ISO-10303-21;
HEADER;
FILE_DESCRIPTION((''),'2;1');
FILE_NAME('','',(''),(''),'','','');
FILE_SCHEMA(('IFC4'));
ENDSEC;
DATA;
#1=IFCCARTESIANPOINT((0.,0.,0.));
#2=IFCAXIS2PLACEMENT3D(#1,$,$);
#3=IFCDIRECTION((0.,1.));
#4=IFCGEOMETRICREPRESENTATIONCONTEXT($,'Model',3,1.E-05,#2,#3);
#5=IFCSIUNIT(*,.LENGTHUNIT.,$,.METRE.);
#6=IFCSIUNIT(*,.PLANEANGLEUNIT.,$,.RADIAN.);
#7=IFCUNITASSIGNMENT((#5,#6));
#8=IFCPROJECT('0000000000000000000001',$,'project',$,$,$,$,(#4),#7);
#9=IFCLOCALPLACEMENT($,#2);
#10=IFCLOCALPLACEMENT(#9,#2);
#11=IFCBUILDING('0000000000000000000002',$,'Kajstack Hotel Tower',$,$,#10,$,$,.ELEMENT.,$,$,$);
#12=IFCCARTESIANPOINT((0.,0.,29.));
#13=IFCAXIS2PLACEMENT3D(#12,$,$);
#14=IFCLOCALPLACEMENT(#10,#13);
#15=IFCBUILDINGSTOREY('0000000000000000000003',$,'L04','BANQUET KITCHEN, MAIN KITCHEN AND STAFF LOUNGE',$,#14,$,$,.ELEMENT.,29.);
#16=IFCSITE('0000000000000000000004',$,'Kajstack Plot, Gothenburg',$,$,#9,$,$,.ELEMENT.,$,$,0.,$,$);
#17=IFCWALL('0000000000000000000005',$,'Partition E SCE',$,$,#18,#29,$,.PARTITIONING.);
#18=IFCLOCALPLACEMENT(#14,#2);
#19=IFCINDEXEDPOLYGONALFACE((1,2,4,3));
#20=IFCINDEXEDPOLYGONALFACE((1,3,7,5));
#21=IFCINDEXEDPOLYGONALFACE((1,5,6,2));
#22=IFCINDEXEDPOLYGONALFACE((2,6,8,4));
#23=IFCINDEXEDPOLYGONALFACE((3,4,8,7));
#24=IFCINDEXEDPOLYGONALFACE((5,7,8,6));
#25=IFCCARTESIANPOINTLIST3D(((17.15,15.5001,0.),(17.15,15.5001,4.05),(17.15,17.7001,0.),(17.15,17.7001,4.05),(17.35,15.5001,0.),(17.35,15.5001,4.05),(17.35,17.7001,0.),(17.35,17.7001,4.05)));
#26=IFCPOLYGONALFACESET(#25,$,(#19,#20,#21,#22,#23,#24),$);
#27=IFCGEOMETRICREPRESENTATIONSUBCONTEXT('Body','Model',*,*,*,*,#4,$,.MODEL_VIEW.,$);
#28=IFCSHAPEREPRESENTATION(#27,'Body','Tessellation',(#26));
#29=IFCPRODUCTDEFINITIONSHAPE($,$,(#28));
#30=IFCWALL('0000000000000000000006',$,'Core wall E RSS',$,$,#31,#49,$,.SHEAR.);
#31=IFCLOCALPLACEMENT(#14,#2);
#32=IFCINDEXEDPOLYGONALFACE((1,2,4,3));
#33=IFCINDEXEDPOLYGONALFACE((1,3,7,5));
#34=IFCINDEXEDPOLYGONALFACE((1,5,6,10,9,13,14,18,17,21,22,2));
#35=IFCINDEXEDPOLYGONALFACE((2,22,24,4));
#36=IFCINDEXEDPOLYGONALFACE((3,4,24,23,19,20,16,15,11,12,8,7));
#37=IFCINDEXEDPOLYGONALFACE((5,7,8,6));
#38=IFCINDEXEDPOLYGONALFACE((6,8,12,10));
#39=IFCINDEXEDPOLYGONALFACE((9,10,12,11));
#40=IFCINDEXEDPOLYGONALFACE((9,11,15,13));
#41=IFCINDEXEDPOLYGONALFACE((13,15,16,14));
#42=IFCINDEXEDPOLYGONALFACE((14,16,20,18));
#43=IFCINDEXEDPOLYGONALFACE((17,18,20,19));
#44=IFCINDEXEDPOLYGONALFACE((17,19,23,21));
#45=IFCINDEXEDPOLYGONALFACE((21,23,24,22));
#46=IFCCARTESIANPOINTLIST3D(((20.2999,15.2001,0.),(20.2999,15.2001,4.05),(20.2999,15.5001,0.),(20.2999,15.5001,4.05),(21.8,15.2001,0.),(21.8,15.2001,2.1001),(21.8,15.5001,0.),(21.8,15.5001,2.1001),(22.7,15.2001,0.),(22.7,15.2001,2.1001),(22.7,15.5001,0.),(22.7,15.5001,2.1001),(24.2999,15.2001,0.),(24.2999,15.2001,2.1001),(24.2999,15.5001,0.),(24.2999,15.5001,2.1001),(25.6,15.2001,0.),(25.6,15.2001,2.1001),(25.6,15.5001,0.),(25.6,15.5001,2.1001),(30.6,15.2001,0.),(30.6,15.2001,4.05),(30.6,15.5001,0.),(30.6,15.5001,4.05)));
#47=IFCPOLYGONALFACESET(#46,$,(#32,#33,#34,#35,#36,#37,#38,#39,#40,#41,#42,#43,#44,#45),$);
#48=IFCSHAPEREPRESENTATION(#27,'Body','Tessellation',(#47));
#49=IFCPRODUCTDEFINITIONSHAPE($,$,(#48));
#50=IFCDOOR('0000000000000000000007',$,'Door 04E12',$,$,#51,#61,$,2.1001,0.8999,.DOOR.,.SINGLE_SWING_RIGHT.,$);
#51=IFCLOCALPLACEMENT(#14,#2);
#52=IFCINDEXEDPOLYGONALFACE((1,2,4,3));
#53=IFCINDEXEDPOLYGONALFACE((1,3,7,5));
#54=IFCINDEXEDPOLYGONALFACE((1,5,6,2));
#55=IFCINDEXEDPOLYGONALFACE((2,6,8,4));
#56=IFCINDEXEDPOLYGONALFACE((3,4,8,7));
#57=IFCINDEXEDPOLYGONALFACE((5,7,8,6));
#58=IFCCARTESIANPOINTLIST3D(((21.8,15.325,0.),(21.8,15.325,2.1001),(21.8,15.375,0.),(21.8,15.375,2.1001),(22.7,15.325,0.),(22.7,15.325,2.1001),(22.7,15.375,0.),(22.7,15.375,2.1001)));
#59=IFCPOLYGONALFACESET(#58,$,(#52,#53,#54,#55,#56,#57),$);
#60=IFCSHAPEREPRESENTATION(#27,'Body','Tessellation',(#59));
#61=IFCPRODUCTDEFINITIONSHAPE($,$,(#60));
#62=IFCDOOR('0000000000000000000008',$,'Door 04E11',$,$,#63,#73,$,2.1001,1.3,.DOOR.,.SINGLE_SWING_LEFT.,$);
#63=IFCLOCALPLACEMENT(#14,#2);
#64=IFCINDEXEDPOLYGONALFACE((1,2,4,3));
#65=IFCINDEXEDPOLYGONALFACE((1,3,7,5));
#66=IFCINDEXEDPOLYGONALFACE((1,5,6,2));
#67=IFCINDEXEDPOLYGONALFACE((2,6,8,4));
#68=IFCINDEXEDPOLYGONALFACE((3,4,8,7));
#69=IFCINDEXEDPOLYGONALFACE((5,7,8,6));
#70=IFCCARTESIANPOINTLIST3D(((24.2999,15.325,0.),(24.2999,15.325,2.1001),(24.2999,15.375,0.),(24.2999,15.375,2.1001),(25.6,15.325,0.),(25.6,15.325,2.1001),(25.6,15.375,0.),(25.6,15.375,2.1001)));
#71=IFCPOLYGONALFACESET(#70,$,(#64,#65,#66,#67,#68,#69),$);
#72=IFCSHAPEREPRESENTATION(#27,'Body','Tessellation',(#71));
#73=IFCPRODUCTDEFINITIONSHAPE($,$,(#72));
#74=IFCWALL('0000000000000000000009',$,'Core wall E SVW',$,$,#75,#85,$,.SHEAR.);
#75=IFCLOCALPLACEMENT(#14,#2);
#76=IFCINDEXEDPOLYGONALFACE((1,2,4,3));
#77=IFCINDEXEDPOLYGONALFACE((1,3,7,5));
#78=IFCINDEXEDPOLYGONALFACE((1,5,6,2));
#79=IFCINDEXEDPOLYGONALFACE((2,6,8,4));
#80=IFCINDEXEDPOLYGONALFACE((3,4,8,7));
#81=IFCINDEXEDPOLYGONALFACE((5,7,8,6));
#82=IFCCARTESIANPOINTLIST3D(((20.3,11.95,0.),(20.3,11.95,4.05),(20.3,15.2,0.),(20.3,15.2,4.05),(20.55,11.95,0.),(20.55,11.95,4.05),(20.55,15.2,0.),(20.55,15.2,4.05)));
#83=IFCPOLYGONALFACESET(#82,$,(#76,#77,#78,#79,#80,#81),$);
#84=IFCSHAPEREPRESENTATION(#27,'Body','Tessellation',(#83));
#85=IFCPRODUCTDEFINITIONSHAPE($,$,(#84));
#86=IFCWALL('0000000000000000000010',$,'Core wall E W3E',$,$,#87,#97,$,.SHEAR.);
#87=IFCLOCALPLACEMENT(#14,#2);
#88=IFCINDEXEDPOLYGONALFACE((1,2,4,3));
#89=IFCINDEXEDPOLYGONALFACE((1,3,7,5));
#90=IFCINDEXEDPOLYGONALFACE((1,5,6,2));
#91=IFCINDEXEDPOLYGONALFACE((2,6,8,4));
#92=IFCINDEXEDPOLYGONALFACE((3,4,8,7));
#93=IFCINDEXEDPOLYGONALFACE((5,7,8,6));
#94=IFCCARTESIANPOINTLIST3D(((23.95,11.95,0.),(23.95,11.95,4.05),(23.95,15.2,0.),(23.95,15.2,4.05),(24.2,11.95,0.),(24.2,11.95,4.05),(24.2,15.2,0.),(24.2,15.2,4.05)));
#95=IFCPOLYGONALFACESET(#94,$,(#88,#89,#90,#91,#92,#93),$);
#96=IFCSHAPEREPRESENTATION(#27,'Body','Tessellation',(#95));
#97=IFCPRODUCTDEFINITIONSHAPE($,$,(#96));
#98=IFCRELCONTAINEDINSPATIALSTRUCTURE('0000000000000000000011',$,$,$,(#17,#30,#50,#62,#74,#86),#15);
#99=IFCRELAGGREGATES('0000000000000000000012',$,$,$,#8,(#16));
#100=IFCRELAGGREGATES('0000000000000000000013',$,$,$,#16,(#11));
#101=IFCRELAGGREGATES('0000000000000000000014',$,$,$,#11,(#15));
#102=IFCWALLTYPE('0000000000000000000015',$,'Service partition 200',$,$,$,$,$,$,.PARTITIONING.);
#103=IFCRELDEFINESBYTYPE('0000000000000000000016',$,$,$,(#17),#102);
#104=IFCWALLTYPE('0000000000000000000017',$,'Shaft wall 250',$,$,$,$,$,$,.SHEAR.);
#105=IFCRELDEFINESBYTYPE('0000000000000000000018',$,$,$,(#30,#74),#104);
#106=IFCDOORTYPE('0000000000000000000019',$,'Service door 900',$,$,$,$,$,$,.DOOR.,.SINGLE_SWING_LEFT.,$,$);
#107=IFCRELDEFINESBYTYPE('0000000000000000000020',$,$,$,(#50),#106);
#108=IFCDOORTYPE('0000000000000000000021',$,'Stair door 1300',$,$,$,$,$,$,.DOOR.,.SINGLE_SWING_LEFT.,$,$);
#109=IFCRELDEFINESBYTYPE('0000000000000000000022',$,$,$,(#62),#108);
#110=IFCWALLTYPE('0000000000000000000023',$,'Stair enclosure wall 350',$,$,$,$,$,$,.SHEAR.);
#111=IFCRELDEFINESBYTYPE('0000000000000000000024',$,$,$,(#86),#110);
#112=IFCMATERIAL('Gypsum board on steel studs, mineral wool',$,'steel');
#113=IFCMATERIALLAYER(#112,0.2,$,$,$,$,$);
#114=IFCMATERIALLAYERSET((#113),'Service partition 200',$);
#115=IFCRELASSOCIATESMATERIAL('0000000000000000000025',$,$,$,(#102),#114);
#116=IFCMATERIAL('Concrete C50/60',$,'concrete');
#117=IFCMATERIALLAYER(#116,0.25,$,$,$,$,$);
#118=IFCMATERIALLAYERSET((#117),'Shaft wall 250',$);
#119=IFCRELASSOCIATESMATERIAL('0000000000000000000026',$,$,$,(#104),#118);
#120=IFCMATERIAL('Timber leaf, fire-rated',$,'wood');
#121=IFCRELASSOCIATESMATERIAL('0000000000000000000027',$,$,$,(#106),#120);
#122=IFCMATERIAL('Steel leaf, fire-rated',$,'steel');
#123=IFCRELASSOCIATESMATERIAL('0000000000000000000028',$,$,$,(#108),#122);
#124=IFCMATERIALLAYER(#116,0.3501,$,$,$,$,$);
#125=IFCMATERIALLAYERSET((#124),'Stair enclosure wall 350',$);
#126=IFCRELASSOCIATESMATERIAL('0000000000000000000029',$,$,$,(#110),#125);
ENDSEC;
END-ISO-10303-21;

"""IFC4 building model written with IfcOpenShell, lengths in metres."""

from ifc_helpers import new_model, si_unit, direction, frame, frame_2d, origin, place, context, subcontext, project, spatial, rectangle, extrude, material, layer, layer_set, type_object, element, fill, save


model = new_model("IFC4")

# Units and contexts
model_context = context("Model", 3, precision=1e-05, world=origin(), true_north=direction((0.0, 1.0)))
body_context = subcontext(model_context, "Body", "Model", "MODEL_VIEW")
ifc_project = project(units=[si_unit("LENGTHUNIT", "METRE"), si_unit("PLANEANGLEUNIT", "RADIAN")], contexts=[model_context])

# Site, building, storey
site_placement = place(None, origin())
site = spatial("IfcSite", under=ifc_project, at=site_placement, Name="Kajstack Plot, Gothenburg", CompositionType="ELEMENT", RefElevation=0.0)
building_placement = place(site_placement, origin())
building = spatial("IfcBuilding", under=site, at=building_placement, Name="Kajstack Hotel Tower", CompositionType="ELEMENT")
storey_placement = place(building_placement, frame((0.0, 0.0, 29.0)))
storey = spatial("IfcBuildingStorey", under=building, at=storey_placement, Name="L04", Description="BANQUET KITCHEN, MAIN KITCHEN AND STAFF LOUNGE", CompositionType="ELEMENT", Elevation=29.0)

# Wall
ifc_material_1 = material(Name="Gypsum board on steel studs, mineral wool", Category="steel")
ifc_layer_1 = layer(ifc_material_1, 0.2)
ifc_layer_set_1 = layer_set([ifc_layer_1], Name="Service partition 200")
wall_type_1 = type_object("IfcWallType", Name="Service partition 200", PredefinedType="PARTITIONING", material=ifc_layer_set_1)
wall_1_placement = place(storey_placement, frame((17.25, 15.5, 0.0), z_axis=(0.0, 0.0, 1.0), x_axis=(0.0, 1.0, 0.0)))
element("IfcWall", 1, at=wall_1_placement, inside=storey, type_object=wall_type_1, Name="Partition E SCE", PredefinedType="PARTITIONING", context=body_context, shape_type="SweptSolid", body=[
    extrude(rectangle(XDim=2.2, YDim=0.2, at=frame_2d((1.1001, 0.0))), origin(), (0.0, 0.0, 1.0), 4.05),
])

# Wall, openings, doors
ifc_material_2 = material(Name="Concrete C50/60", Category="concrete")
ifc_layer_2 = layer(ifc_material_2, 0.25)
ifc_layer_set_2 = layer_set([ifc_layer_2], Name="Shaft wall 250")
wall_type_2 = type_object("IfcWallType", Name="Shaft wall 250", PredefinedType="SHEAR", material=ifc_layer_set_2)
wall_2_placement = place(storey_placement, frame((20.3, 15.3501, 0.0), z_axis=(0.0, 0.0, 1.0), x_axis=(1.0, 0.0, 0.0)))
wall_2 = element("IfcWall", 2, at=wall_2_placement, inside=storey, type_object=wall_type_2, Name="Core wall E RSS", PredefinedType="SHEAR", context=body_context, shape_type="SweptSolid", body=[
    extrude(rectangle(XDim=10.3, YDim=0.3, at=frame_2d((5.1499, 0.0))), origin(), (0.0, 0.0, 1.0), 4.05),
])
opening_1_placement = place(wall_2_placement, frame((4.0, 0.0, 0.0)))
opening_1 = element("IfcOpeningElement", 3, at=opening_1_placement, cuts=wall_2, PredefinedType="OPENING", context=body_context, shape_type="SweptSolid", body=[
    extrude(rectangle(XDim=1.3, YDim=2.1001, at=frame_2d((0.6499, 1.05))), frame((0.0, 0.1599, 0.0), z_axis=(0.0, -1.0, 0.0), x_axis=(1.0, 0.0, 0.0)), (0.0, 0.0, 1.0), 0.3201),
])
opening_2_placement = place(wall_2_placement, frame((1.5, 0.0, 0.0)))
opening_2 = element("IfcOpeningElement", 4, at=opening_2_placement, cuts=wall_2, PredefinedType="OPENING", context=body_context, shape_type="SweptSolid", body=[
    extrude(rectangle(XDim=0.8999, YDim=2.1001, at=frame_2d((0.45, 1.05))), frame((0.0, 0.1599, 0.0), z_axis=(0.0, -1.0, 0.0), x_axis=(1.0, 0.0, 0.0)), (0.0, 0.0, 1.0), 0.3201),
])
ifc_material_3 = material(Name="Timber leaf, fire-rated", Category="wood")
door_type_1 = type_object("IfcDoorType", Name="Service door 900", OperationType="SINGLE_SWING_LEFT", PredefinedType="DOOR", material=ifc_material_3)
door_1_placement = place(opening_2_placement, origin())
door_1 = element("IfcDoor", 5, at=door_1_placement, inside=storey, type_object=door_type_1, Name="Door 04E12", OperationType="SINGLE_SWING_RIGHT", OverallHeight=2.1001, OverallWidth=0.8999, PredefinedType="DOOR", context=body_context, shape_type="SweptSolid", body=[
    extrude(rectangle(XDim=0.8999, YDim=2.1001, at=frame_2d((0.45, 1.05))), frame((0.0, 0.0249, 0.0), z_axis=(0.0, -1.0, 0.0), x_axis=(1.0, 0.0, 0.0)), (0.0, 0.0, 1.0), 0.05),
])
fill(opening_2, door_1)
ifc_material_4 = material(Name="Steel leaf, fire-rated", Category="steel")
door_type_2 = type_object("IfcDoorType", Name="Stair door 1300", OperationType="SINGLE_SWING_LEFT", PredefinedType="DOOR", material=ifc_material_4)
door_2_placement = place(opening_1_placement, origin())
door_2 = element("IfcDoor", 6, at=door_2_placement, inside=storey, type_object=door_type_2, Name="Door 04E11", OperationType="SINGLE_SWING_LEFT", OverallHeight=2.1001, OverallWidth=1.3, PredefinedType="DOOR", context=body_context, shape_type="SweptSolid", body=[
    extrude(rectangle(XDim=1.3, YDim=2.1001, at=frame_2d((0.6499, 1.05))), frame((0.0, 0.0249, 0.0), z_axis=(0.0, -1.0, 0.0), x_axis=(1.0, 0.0, 0.0)), (0.0, 0.0, 1.0), 0.05),
])
fill(opening_1, door_2)

# Walls
wall_3_placement = place(storey_placement, frame((20.425, 11.95, 0.0), z_axis=(0.0, 0.0, 1.0), x_axis=(0.0, 1.0, 0.0)))
element("IfcWall", 7, at=wall_3_placement, inside=storey, type_object=wall_type_2, Name="Core wall E SVW", PredefinedType="SHEAR", context=body_context, shape_type="SweptSolid", body=[
    extrude(rectangle(XDim=3.25, YDim=0.25, at=frame_2d((1.625, 0.0))), origin(), (0.0, 0.0, 1.0), 4.05),
])
ifc_layer_3 = layer(ifc_material_2, 0.3501)
ifc_layer_set_3 = layer_set([ifc_layer_3], Name="Stair enclosure wall 350")
wall_type_3 = type_object("IfcWallType", Name="Stair enclosure wall 350", PredefinedType="SHEAR", material=ifc_layer_set_3)
wall_4_placement = place(storey_placement, frame((24.075, 11.95, 0.0), z_axis=(0.0, 0.0, 1.0), x_axis=(0.0, 1.0, 0.0)))
element("IfcWall", 8, at=wall_4_placement, inside=storey, type_object=wall_type_3, Name="Core wall E W3E", PredefinedType="SHEAR", context=body_context, shape_type="SweptSolid", body=[
    extrude(rectangle(XDim=3.25, YDim=0.25, at=frame_2d((1.625, 0.0))), origin(), (0.0, 0.0, 1.0), 4.05),
])

save(model, "model.ifc")
